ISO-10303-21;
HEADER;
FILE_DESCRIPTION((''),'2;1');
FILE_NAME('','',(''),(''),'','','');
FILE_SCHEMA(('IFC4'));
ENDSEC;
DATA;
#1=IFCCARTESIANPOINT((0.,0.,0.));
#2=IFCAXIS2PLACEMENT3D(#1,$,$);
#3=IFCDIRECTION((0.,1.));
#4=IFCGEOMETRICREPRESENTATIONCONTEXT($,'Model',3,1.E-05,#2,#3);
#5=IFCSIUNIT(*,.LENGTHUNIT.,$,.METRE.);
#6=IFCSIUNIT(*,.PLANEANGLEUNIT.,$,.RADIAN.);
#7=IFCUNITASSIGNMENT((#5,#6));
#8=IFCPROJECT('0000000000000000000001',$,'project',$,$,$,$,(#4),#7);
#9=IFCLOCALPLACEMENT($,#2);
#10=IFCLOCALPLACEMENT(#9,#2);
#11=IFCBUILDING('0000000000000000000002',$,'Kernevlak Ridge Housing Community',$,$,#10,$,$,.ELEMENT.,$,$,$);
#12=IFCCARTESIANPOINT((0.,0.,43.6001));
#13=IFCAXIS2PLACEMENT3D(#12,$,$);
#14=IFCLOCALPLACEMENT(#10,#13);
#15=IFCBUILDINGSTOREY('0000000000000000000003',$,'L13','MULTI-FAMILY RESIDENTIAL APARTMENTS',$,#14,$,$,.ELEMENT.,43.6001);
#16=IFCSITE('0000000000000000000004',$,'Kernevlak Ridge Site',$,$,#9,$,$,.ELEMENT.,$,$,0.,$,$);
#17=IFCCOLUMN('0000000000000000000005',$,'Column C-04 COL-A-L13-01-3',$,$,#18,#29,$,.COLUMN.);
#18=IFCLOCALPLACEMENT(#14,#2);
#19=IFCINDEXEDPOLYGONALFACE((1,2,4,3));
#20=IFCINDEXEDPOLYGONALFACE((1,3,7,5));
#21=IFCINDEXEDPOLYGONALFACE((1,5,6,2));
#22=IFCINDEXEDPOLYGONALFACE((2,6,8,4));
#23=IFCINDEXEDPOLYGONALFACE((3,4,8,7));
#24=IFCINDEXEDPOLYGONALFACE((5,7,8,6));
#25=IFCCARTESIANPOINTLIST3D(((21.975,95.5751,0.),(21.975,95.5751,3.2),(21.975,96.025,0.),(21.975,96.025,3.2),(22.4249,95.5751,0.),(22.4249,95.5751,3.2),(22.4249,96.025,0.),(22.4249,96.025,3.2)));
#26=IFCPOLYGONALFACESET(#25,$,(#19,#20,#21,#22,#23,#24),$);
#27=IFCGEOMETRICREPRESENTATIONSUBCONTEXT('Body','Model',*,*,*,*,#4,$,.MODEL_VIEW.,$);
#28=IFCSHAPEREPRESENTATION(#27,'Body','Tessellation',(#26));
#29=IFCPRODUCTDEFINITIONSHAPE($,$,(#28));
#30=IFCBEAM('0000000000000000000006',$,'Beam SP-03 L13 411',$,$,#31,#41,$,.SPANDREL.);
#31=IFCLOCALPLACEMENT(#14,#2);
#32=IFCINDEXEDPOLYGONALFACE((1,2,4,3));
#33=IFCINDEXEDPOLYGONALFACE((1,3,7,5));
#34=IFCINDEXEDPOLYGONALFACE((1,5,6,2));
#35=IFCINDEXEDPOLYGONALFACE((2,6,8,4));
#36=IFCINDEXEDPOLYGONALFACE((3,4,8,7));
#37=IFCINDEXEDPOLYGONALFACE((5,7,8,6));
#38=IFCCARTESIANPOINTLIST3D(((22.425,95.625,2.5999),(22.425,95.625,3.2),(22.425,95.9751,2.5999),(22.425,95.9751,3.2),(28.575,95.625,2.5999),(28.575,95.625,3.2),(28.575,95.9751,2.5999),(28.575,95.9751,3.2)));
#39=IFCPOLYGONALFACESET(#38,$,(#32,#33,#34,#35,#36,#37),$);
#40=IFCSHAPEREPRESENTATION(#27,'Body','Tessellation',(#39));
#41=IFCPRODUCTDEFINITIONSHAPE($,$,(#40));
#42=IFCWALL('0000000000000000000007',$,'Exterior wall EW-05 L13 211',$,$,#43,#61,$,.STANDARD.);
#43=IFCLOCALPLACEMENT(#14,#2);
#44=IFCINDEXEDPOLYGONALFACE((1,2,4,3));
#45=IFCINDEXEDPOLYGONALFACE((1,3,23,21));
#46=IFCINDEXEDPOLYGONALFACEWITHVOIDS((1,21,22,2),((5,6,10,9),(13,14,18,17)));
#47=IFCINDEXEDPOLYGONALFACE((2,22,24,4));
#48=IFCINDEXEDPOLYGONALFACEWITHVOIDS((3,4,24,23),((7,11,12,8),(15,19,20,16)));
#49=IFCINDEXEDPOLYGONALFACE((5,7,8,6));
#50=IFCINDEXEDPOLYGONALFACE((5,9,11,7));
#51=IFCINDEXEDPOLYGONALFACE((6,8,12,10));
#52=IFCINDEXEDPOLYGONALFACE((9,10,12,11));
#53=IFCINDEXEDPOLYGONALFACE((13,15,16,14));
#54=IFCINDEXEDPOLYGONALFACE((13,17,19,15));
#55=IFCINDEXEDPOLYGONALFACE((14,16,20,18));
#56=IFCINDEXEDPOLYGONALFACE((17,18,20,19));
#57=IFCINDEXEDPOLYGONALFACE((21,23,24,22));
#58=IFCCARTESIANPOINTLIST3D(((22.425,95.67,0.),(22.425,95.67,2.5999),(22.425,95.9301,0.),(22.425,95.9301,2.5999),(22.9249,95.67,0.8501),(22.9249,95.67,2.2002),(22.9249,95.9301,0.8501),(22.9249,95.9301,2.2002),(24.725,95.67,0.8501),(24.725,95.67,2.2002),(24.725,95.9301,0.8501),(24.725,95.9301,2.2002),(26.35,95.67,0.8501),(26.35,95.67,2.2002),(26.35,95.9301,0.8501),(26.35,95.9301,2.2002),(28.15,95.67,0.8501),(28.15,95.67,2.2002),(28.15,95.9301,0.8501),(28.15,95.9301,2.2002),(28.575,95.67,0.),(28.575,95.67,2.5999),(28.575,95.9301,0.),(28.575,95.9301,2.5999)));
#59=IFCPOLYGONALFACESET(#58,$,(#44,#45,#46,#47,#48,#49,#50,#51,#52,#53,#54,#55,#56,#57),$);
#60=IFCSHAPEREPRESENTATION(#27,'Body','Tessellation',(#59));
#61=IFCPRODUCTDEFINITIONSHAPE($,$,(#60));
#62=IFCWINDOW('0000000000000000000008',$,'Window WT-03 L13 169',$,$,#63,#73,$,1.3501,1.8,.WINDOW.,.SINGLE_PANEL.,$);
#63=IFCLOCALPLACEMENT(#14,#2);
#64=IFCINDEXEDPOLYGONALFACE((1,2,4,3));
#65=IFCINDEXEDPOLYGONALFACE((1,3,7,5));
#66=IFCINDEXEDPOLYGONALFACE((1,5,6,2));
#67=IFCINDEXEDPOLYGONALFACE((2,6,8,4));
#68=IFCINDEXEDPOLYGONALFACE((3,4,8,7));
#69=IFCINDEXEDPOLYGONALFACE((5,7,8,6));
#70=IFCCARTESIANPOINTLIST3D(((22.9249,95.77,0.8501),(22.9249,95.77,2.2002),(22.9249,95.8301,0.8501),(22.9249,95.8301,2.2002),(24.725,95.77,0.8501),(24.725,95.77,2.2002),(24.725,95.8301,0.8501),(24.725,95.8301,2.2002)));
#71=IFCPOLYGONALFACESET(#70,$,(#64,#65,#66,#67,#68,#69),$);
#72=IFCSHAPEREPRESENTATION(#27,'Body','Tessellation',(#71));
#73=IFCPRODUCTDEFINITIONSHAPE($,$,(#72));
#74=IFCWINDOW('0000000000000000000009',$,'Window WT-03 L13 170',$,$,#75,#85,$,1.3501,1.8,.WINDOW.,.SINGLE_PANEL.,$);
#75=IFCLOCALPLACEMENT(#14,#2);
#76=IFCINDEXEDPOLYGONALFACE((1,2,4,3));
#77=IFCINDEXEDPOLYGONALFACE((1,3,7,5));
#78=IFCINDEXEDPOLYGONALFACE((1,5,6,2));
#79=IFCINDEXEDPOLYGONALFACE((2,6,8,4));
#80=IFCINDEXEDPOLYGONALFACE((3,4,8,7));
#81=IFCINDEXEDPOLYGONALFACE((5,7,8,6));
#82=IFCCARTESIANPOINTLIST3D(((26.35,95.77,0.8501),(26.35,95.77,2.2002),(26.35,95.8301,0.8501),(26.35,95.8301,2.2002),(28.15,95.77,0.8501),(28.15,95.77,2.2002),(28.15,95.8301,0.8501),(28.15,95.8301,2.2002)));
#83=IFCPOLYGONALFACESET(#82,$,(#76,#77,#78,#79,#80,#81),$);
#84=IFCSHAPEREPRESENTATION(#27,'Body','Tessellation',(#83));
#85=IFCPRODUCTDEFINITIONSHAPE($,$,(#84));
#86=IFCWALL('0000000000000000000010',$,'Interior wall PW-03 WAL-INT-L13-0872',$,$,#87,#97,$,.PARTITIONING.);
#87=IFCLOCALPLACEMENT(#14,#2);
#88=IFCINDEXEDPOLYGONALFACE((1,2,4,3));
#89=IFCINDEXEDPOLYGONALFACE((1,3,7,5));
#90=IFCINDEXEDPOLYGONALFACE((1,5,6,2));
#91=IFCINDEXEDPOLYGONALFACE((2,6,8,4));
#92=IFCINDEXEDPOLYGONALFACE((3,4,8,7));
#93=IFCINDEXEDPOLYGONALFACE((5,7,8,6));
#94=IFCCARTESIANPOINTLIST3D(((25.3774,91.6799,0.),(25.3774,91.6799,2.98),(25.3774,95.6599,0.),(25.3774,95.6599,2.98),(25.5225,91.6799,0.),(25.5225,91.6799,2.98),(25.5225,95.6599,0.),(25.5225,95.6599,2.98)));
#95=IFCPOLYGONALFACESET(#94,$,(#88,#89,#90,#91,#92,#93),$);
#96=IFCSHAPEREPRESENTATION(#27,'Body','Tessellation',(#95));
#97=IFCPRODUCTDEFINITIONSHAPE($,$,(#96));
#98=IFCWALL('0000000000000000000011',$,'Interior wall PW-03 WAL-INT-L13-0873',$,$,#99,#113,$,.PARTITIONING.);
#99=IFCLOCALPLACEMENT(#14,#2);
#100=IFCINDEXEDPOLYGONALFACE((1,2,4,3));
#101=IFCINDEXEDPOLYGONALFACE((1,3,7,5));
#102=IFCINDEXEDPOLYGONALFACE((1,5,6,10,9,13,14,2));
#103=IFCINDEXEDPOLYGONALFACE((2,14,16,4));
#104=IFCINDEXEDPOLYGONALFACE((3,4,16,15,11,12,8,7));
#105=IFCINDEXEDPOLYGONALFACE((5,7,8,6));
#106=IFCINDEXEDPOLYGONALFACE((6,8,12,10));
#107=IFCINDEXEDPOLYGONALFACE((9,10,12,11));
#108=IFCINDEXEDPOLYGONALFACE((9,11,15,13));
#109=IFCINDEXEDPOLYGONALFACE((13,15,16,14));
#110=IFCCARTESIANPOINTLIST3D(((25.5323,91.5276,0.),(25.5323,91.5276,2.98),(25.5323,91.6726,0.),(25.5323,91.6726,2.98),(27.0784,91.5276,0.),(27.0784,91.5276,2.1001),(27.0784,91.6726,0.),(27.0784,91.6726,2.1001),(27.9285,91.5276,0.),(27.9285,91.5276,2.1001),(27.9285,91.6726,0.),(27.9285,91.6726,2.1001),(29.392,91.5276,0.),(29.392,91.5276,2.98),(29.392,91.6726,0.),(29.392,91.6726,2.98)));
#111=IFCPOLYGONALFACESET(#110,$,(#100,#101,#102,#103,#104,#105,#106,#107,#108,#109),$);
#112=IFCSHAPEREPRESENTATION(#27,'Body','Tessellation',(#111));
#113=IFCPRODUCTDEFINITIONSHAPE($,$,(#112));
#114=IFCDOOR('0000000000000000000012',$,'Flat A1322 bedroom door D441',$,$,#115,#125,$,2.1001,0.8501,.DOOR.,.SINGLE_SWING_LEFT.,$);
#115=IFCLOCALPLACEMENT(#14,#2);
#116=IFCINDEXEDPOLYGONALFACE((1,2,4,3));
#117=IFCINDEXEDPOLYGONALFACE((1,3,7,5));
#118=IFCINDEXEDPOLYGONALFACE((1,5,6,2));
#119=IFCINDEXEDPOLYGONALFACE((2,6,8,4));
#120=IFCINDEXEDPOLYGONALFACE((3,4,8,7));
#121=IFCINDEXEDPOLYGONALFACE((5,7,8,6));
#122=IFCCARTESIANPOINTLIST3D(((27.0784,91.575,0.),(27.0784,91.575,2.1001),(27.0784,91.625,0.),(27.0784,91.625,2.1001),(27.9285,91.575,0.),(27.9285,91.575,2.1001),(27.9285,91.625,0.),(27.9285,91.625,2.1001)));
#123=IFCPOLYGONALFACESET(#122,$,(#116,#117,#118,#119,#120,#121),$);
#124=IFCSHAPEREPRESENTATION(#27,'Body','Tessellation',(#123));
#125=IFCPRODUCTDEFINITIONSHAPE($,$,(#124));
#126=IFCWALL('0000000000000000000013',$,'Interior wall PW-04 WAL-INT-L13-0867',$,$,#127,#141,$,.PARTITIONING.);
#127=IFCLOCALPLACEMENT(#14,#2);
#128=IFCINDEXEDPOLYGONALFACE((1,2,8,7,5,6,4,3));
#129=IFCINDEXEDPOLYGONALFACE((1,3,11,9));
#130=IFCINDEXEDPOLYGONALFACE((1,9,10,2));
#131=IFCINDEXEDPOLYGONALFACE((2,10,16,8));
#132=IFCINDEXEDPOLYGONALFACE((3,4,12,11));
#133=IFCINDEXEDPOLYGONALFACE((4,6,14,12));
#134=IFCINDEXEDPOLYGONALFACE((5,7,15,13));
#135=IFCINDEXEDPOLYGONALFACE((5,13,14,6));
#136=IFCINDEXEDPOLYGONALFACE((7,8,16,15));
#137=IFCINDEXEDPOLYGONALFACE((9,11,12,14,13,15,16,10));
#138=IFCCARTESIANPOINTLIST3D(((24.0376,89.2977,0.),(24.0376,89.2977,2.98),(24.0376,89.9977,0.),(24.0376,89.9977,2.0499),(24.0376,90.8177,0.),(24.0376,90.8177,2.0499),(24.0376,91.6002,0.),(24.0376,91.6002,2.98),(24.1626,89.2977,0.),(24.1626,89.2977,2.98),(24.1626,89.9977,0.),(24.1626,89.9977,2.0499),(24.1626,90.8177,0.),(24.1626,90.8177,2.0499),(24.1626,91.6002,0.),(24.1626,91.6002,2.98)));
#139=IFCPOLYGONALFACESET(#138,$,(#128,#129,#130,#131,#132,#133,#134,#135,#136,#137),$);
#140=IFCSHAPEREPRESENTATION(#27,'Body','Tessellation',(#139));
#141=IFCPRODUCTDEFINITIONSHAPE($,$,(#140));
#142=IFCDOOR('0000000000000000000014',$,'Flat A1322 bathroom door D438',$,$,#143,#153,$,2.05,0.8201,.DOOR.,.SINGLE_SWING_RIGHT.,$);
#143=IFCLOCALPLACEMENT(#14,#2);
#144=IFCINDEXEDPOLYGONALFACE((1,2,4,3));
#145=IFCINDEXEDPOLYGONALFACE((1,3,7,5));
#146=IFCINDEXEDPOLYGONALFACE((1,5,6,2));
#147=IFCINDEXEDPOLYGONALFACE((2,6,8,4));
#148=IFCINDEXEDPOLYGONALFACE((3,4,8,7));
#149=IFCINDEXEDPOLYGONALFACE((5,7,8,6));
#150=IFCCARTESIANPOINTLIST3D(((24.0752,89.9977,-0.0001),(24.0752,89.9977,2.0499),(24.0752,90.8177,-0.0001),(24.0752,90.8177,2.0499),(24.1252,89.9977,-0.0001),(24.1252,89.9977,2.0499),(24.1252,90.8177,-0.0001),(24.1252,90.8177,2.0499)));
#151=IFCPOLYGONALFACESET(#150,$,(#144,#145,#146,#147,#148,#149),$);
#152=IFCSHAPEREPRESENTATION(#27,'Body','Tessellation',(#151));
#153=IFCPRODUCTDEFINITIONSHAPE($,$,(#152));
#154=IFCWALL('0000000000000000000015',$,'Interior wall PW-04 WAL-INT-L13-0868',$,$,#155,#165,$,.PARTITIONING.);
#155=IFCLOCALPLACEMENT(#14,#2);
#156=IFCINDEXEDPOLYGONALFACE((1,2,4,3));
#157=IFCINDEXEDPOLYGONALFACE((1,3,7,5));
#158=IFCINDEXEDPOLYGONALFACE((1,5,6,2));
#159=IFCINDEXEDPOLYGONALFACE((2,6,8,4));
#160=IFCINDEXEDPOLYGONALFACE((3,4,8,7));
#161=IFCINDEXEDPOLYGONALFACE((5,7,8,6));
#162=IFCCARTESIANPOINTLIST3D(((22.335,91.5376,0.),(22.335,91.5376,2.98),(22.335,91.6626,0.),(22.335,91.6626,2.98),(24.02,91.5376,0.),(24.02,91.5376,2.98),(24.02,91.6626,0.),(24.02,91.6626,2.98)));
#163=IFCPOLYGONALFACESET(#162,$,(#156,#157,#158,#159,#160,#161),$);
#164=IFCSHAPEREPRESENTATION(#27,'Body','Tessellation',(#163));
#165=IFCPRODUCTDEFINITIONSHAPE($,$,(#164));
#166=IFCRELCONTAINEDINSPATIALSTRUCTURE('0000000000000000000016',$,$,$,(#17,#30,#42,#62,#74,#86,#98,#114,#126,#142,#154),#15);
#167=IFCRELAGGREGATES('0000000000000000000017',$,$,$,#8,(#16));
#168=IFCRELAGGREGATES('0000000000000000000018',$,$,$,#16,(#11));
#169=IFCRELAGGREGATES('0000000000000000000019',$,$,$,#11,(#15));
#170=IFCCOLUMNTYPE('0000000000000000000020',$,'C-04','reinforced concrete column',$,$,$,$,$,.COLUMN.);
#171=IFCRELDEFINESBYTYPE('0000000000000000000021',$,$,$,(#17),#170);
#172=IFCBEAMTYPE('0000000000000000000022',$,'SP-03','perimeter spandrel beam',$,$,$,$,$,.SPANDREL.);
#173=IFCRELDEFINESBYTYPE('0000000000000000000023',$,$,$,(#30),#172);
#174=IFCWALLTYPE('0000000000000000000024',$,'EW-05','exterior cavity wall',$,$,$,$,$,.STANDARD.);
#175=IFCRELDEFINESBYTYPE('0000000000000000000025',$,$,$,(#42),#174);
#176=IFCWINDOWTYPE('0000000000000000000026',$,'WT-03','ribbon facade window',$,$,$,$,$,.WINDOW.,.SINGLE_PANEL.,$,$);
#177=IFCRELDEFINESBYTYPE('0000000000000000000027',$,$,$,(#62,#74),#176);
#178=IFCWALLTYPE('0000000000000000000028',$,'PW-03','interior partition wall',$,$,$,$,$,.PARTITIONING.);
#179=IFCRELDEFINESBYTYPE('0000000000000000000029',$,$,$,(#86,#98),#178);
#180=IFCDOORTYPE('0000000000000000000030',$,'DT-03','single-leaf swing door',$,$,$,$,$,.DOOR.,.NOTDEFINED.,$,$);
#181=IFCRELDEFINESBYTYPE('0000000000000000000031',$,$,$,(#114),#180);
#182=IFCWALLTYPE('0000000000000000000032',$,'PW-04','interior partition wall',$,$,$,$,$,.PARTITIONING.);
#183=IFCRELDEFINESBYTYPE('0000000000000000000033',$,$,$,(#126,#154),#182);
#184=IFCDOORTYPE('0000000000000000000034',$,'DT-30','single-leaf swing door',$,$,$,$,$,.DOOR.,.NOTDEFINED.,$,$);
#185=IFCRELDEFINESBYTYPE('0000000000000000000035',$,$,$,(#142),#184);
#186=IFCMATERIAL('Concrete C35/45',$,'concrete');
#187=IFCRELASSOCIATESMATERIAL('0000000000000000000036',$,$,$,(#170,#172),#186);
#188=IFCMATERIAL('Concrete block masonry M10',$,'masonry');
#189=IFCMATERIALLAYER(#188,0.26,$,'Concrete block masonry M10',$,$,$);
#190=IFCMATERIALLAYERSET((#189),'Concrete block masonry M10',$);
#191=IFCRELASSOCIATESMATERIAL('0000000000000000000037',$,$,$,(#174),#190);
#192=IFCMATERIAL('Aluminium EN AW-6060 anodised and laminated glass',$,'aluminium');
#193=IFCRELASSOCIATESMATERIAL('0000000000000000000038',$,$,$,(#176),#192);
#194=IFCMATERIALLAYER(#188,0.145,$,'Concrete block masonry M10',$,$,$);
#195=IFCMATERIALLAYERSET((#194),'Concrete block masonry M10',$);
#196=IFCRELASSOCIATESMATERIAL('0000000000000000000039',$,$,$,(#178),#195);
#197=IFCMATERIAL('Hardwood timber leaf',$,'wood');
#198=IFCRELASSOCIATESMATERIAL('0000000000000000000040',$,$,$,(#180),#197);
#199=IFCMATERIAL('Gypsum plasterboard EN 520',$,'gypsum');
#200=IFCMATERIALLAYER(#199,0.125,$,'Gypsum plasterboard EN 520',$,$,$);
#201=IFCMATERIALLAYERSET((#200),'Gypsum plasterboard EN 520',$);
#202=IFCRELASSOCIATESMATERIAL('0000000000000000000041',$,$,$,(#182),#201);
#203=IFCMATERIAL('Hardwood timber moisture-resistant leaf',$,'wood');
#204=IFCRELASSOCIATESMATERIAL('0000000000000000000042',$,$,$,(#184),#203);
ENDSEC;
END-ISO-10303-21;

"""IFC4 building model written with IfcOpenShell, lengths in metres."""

from ifc_helpers import new_model, si_unit, direction, frame, frame_2d, origin, origin_2d, place, context, subcontext, project, spatial, rectangle, extrude, material, layer, layer_set, material_profile, profile_set, type_object, element, fill, save


model = new_model("IFC4")

# Units and contexts
model_context = context("Model", 3, precision=1e-05, world=origin(), true_north=direction((0.0, 1.0)))
body_context = subcontext(model_context, "Body", "Model", "MODEL_VIEW")
ifc_project = project(units=[si_unit("LENGTHUNIT", "METRE"), si_unit("PLANEANGLEUNIT", "RADIAN")], contexts=[model_context])

# Site, building, storey
site_placement = place(None, origin())
site = spatial("IfcSite", under=ifc_project, at=site_placement, Name="Kernevlak Ridge Site", CompositionType="ELEMENT", RefElevation=0.0)
building_placement = place(site_placement, origin())
building = spatial("IfcBuilding", under=site, at=building_placement, Name="Kernevlak Ridge Housing Community", CompositionType="ELEMENT")
storey_placement = place(building_placement, frame((0.0, 0.0, 43.6001)))
storey = spatial("IfcBuildingStorey", under=building, at=storey_placement, Name="L13", Description="MULTI-FAMILY RESIDENTIAL APARTMENTS", CompositionType="ELEMENT", Elevation=43.6001)

# Column
ifc_material_1 = material(Name="Concrete C35/45", Category="concrete")
ifc_material_profile_1 = material_profile(ifc_material_1, rectangle(XDim=0.45, YDim=0.45, at=origin_2d()), Name="RC 450x450")
ifc_profile_set_1 = profile_set([ifc_material_profile_1], Name="Concrete C35/45")
column_type = type_object("IfcColumnType", Name="C-04", Description="reinforced concrete column", PredefinedType="COLUMN", material=ifc_profile_set_1)
column_placement = place(storey_placement, frame((22.2, 95.8, 0.0), z_axis=(0.0, 0.0, 1.0), x_axis=(1.0, 0.0, 0.0)))
element("IfcColumn", 1, at=column_placement, inside=storey, type_object=column_type, Name="Column C-04 COL-A-L13-01-3", PredefinedType="COLUMN", context=body_context, shape_type="SweptSolid", body=[
    extrude(rectangle(XDim=0.45, YDim=0.45, at=origin_2d()), origin(), (0.0, 0.0, 1.0), 3.2),
])

# Beam
ifc_material_profile_2 = material_profile(ifc_material_1, rectangle(XDim=0.3501, YDim=0.6001, at=origin_2d()), Name="RC 350x600")
ifc_profile_set_2 = profile_set([ifc_material_profile_2], Name="Concrete C35/45")
beam_type = type_object("IfcBeamType", Name="SP-03", Description="perimeter spandrel beam", PredefinedType="SPANDREL", material=ifc_profile_set_2)
beam_placement = place(storey_placement, frame((22.425, 95.8, 2.8999), z_axis=(1.0, 0.0, 0.0), x_axis=(0.0, 1.0, 0.0)))
element("IfcBeam", 2, at=beam_placement, inside=storey, type_object=beam_type, Name="Beam SP-03 L13 411", PredefinedType="SPANDREL", context=body_context, shape_type="SweptSolid", body=[
    extrude(rectangle(XDim=0.3501, YDim=0.6001, at=origin_2d()), origin(), (0.0, 0.0, 1.0), 6.1499),
])

# Wall, openings, windows
ifc_material_2 = material(Name="Concrete block masonry M10", Category="masonry")
ifc_layer_1 = layer(ifc_material_2, 0.26, Name="Concrete block masonry M10")
ifc_layer_set_1 = layer_set([ifc_layer_1], Name="Concrete block masonry M10")
wall_type_1 = type_object("IfcWallType", Name="EW-05", Description="exterior cavity wall", PredefinedType="STANDARD", material=ifc_layer_set_1)
wall_1_placement = place(storey_placement, frame((22.425, 95.8, 0.0), z_axis=(0.0, 0.0, 1.0), x_axis=(1.0, 0.0, 0.0)))
wall_1 = element("IfcWall", 3, at=wall_1_placement, inside=storey, type_object=wall_type_1, Name="Exterior wall EW-05 L13 211", PredefinedType="STANDARD", context=body_context, shape_type="SweptSolid", body=[
    extrude(rectangle(XDim=6.1499, YDim=0.26, at=frame_2d((3.075, 0.0))), origin(), (0.0, 0.0, 1.0), 2.5999),
])
opening_1_placement = place(wall_1_placement, frame((0.5, 0.0, 0.8501)))
opening_1 = element("IfcOpeningElement", 4, at=opening_1_placement, cuts=wall_1, PredefinedType="OPENING", context=body_context, shape_type="SweptSolid", body=[
    extrude(rectangle(XDim=1.8, YDim=1.3501, at=frame_2d((0.8999, 0.675))), frame((0.0, 0.1399, 0.0), z_axis=(0.0, -1.0, 0.0), x_axis=(1.0, 0.0, 0.0)), (0.0, 0.0, 1.0), 0.28),
])
opening_2_placement = place(wall_1_placement, frame((3.925, 0.0, 0.8501)))
opening_2 = element("IfcOpeningElement", 5, at=opening_2_placement, cuts=wall_1, PredefinedType="OPENING", context=body_context, shape_type="SweptSolid", body=[
    extrude(rectangle(XDim=1.8, YDim=1.3501, at=frame_2d((0.8999, 0.675))), frame((0.0, 0.1399, 0.0), z_axis=(0.0, -1.0, 0.0), x_axis=(1.0, 0.0, 0.0)), (0.0, 0.0, 1.0), 0.28),
])
ifc_material_3 = material(Name="Aluminium EN AW-6060 anodised and laminated glass", Category="aluminium")
window_type = type_object("IfcWindowType", Name="WT-03", Description="ribbon facade window", PartitioningType="SINGLE_PANEL", PredefinedType="WINDOW", material=ifc_material_3)
window_1_placement = place(opening_1_placement, origin())
window_1 = element("IfcWindow", 6, at=window_1_placement, inside=storey, type_object=window_type, Name="Window WT-03 L13 169", OverallHeight=1.3501, OverallWidth=1.8, PartitioningType="SINGLE_PANEL", PredefinedType="WINDOW", context=body_context, shape_type="SweptSolid", body=[
    extrude(rectangle(XDim=1.8, YDim=1.3501, at=frame_2d((0.8999, 0.675))), frame((0.0, 0.03, 0.0), z_axis=(0.0, -1.0, 0.0), x_axis=(1.0, 0.0, 0.0)), (0.0, 0.0, 1.0), 0.0601),
])
fill(opening_1, window_1)
window_2_placement = place(opening_2_placement, origin())
window_2 = element("IfcWindow", 7, at=window_2_placement, inside=storey, type_object=window_type, Name="Window WT-03 L13 170", OverallHeight=1.3501, OverallWidth=1.8, PartitioningType="SINGLE_PANEL", PredefinedType="WINDOW", context=body_context, shape_type="SweptSolid", body=[
    extrude(rectangle(XDim=1.8, YDim=1.3501, at=frame_2d((0.8999, 0.675))), frame((0.0, 0.03, 0.0), z_axis=(0.0, -1.0, 0.0), x_axis=(1.0, 0.0, 0.0)), (0.0, 0.0, 1.0), 0.0601),
])
fill(opening_2, window_2)

# Wall
ifc_layer_2 = layer(ifc_material_2, 0.145, Name="Concrete block masonry M10")
ifc_layer_set_2 = layer_set([ifc_layer_2], Name="Concrete block masonry M10")
wall_type_2 = type_object("IfcWallType", Name="PW-03", Description="interior partition wall", PredefinedType="PARTITIONING", material=ifc_layer_set_2)
wall_2_placement = place(storey_placement, frame((25.45, 91.6799, 0.0), z_axis=(0.0, 0.0, 1.0), x_axis=(0.0, 1.0, 0.0)))
element("IfcWall", 8, at=wall_2_placement, inside=storey, type_object=wall_type_2, Name="Interior wall PW-03 WAL-INT-L13-0872", PredefinedType="PARTITIONING", context=body_context, shape_type="SweptSolid", body=[
    extrude(rectangle(XDim=3.98, YDim=0.145, at=frame_2d((1.99, 0.0))), origin(), (0.0, 0.0, 1.0), 2.98),
])

# Walls, openings, doors
wall_3_placement = place(storey_placement, frame((25.5325, 91.6001, 0.0), z_axis=(0.0, 0.0, 1.0), x_axis=(1.0, 0.0, 0.0)))
wall_3 = element("IfcWall", 9, at=wall_3_placement, inside=storey, type_object=wall_type_2, Name="Interior wall PW-03 WAL-INT-L13-0873", PredefinedType="PARTITIONING", context=body_context, shape_type="SweptSolid", body=[
    extrude(rectangle(XDim=3.8596, YDim=0.145, at=frame_2d((1.9297, 0.0))), origin(), (0.0, 0.0, 1.0), 2.98),
])
opening_3_placement = place(wall_3_placement, frame((1.5459, 0.0, 0.0)))
opening_3 = element("IfcOpeningElement", 10, at=opening_3_placement, cuts=wall_3, PredefinedType="OPENING", context=body_context, shape_type="SweptSolid", body=[
    extrude(rectangle(XDim=0.8501, YDim=2.1001, at=frame_2d((0.425, 1.05))), frame((0.0, 0.0825, 0.0), z_axis=(0.0, -1.0, 0.0), x_axis=(1.0, 0.0, 0.0)), (0.0, 0.0, 1.0), 0.165),
])
ifc_material_4 = material(Name="Hardwood timber leaf", Category="wood")
door_type_1 = type_object("IfcDoorType", Name="DT-03", Description="single-leaf swing door", OperationType="NOTDEFINED", PredefinedType="DOOR", material=ifc_material_4)
door_1_placement = place(opening_3_placement, origin())
door_1 = element("IfcDoor", 11, at=door_1_placement, inside=storey, type_object=door_type_1, Name="Flat A1322 bedroom door D441", OperationType="SINGLE_SWING_LEFT", OverallHeight=2.1001, OverallWidth=0.8501, PredefinedType="DOOR", context=body_context, shape_type="SweptSolid", body=[
    extrude(rectangle(XDim=0.8501, YDim=2.1001, at=frame_2d((0.425, 1.05))), frame((0.0, 0.0249, 0.0), z_axis=(0.0, -1.0, 0.0), x_axis=(1.0, 0.0, 0.0)), (0.0, 0.0, 1.0), 0.05),
])
fill(opening_3, door_1)
ifc_material_5 = material(Name="Gypsum plasterboard EN 520", Category="gypsum")
ifc_layer_3 = layer(ifc_material_5, 0.125, Name="Gypsum plasterboard EN 520")
ifc_layer_set_3 = layer_set([ifc_layer_3], Name="Gypsum plasterboard EN 520")
wall_type_3 = type_object("IfcWallType", Name="PW-04", Description="interior partition wall", PredefinedType="PARTITIONING", material=ifc_layer_set_3)
wall_4_placement = place(storey_placement, frame((24.1001, 89.2976, 0.0), z_axis=(0.0, 0.0, 1.0), x_axis=(0.0, 1.0, 0.0)))
wall_4 = element("IfcWall", 12, at=wall_4_placement, inside=storey, type_object=wall_type_3, Name="Interior wall PW-04 WAL-INT-L13-0867", PredefinedType="PARTITIONING", context=body_context, shape_type="SweptSolid", body=[
    extrude(rectangle(XDim=2.3025, YDim=0.125, at=frame_2d((1.1514, 0.0))), origin(), (0.0, 0.0, 1.0), 2.98),
])
opening_4_placement = place(wall_4_placement, frame((0.7, 0.0, 0.0)))
opening_4 = element("IfcOpeningElement", 13, at=opening_4_placement, cuts=wall_4, PredefinedType="OPENING", context=body_context, shape_type="SweptSolid", body=[
    extrude(rectangle(XDim=0.8201, YDim=2.05, at=frame_2d((0.4102, 1.0249))), frame((0.0, 0.0725, 0.0), z_axis=(0.0, -1.0, 0.0), x_axis=(1.0, 0.0, 0.0)), (0.0, 0.0, 1.0), 0.145),
])
ifc_material_6 = material(Name="Hardwood timber moisture-resistant leaf", Category="wood")
door_type_2 = type_object("IfcDoorType", Name="DT-30", Description="single-leaf swing door", OperationType="NOTDEFINED", PredefinedType="DOOR", material=ifc_material_6)
door_2_placement = place(opening_4_placement, origin())
door_2 = element("IfcDoor", 14, at=door_2_placement, inside=storey, type_object=door_type_2, Name="Flat A1322 bathroom door D438", OperationType="SINGLE_SWING_RIGHT", OverallHeight=2.05, OverallWidth=0.8201, PredefinedType="DOOR", context=body_context, shape_type="SweptSolid", body=[
    extrude(rectangle(XDim=0.8201, YDim=2.05, at=frame_2d((0.4102, 1.0249))), frame((0.0, 0.0249, 0.0), z_axis=(0.0, -1.0, 0.0), x_axis=(1.0, 0.0, 0.0)), (0.0, 0.0, 1.0), 0.05),
])
fill(opening_4, door_2)

# Wall
wall_5_placement = place(storey_placement, frame((22.335, 91.6001, 0.0), z_axis=(0.0, 0.0, 1.0), x_axis=(1.0, 0.0, 0.0)))
element("IfcWall", 15, at=wall_5_placement, inside=storey, type_object=wall_type_3, Name="Interior wall PW-04 WAL-INT-L13-0868", PredefinedType="PARTITIONING", context=body_context, shape_type="SweptSolid", body=[
    extrude(rectangle(XDim=1.6851, YDim=0.125, at=frame_2d((0.8425, 0.0))), origin(), (0.0, 0.0, 1.0), 2.98),
])

save(model, "model.ifc")
